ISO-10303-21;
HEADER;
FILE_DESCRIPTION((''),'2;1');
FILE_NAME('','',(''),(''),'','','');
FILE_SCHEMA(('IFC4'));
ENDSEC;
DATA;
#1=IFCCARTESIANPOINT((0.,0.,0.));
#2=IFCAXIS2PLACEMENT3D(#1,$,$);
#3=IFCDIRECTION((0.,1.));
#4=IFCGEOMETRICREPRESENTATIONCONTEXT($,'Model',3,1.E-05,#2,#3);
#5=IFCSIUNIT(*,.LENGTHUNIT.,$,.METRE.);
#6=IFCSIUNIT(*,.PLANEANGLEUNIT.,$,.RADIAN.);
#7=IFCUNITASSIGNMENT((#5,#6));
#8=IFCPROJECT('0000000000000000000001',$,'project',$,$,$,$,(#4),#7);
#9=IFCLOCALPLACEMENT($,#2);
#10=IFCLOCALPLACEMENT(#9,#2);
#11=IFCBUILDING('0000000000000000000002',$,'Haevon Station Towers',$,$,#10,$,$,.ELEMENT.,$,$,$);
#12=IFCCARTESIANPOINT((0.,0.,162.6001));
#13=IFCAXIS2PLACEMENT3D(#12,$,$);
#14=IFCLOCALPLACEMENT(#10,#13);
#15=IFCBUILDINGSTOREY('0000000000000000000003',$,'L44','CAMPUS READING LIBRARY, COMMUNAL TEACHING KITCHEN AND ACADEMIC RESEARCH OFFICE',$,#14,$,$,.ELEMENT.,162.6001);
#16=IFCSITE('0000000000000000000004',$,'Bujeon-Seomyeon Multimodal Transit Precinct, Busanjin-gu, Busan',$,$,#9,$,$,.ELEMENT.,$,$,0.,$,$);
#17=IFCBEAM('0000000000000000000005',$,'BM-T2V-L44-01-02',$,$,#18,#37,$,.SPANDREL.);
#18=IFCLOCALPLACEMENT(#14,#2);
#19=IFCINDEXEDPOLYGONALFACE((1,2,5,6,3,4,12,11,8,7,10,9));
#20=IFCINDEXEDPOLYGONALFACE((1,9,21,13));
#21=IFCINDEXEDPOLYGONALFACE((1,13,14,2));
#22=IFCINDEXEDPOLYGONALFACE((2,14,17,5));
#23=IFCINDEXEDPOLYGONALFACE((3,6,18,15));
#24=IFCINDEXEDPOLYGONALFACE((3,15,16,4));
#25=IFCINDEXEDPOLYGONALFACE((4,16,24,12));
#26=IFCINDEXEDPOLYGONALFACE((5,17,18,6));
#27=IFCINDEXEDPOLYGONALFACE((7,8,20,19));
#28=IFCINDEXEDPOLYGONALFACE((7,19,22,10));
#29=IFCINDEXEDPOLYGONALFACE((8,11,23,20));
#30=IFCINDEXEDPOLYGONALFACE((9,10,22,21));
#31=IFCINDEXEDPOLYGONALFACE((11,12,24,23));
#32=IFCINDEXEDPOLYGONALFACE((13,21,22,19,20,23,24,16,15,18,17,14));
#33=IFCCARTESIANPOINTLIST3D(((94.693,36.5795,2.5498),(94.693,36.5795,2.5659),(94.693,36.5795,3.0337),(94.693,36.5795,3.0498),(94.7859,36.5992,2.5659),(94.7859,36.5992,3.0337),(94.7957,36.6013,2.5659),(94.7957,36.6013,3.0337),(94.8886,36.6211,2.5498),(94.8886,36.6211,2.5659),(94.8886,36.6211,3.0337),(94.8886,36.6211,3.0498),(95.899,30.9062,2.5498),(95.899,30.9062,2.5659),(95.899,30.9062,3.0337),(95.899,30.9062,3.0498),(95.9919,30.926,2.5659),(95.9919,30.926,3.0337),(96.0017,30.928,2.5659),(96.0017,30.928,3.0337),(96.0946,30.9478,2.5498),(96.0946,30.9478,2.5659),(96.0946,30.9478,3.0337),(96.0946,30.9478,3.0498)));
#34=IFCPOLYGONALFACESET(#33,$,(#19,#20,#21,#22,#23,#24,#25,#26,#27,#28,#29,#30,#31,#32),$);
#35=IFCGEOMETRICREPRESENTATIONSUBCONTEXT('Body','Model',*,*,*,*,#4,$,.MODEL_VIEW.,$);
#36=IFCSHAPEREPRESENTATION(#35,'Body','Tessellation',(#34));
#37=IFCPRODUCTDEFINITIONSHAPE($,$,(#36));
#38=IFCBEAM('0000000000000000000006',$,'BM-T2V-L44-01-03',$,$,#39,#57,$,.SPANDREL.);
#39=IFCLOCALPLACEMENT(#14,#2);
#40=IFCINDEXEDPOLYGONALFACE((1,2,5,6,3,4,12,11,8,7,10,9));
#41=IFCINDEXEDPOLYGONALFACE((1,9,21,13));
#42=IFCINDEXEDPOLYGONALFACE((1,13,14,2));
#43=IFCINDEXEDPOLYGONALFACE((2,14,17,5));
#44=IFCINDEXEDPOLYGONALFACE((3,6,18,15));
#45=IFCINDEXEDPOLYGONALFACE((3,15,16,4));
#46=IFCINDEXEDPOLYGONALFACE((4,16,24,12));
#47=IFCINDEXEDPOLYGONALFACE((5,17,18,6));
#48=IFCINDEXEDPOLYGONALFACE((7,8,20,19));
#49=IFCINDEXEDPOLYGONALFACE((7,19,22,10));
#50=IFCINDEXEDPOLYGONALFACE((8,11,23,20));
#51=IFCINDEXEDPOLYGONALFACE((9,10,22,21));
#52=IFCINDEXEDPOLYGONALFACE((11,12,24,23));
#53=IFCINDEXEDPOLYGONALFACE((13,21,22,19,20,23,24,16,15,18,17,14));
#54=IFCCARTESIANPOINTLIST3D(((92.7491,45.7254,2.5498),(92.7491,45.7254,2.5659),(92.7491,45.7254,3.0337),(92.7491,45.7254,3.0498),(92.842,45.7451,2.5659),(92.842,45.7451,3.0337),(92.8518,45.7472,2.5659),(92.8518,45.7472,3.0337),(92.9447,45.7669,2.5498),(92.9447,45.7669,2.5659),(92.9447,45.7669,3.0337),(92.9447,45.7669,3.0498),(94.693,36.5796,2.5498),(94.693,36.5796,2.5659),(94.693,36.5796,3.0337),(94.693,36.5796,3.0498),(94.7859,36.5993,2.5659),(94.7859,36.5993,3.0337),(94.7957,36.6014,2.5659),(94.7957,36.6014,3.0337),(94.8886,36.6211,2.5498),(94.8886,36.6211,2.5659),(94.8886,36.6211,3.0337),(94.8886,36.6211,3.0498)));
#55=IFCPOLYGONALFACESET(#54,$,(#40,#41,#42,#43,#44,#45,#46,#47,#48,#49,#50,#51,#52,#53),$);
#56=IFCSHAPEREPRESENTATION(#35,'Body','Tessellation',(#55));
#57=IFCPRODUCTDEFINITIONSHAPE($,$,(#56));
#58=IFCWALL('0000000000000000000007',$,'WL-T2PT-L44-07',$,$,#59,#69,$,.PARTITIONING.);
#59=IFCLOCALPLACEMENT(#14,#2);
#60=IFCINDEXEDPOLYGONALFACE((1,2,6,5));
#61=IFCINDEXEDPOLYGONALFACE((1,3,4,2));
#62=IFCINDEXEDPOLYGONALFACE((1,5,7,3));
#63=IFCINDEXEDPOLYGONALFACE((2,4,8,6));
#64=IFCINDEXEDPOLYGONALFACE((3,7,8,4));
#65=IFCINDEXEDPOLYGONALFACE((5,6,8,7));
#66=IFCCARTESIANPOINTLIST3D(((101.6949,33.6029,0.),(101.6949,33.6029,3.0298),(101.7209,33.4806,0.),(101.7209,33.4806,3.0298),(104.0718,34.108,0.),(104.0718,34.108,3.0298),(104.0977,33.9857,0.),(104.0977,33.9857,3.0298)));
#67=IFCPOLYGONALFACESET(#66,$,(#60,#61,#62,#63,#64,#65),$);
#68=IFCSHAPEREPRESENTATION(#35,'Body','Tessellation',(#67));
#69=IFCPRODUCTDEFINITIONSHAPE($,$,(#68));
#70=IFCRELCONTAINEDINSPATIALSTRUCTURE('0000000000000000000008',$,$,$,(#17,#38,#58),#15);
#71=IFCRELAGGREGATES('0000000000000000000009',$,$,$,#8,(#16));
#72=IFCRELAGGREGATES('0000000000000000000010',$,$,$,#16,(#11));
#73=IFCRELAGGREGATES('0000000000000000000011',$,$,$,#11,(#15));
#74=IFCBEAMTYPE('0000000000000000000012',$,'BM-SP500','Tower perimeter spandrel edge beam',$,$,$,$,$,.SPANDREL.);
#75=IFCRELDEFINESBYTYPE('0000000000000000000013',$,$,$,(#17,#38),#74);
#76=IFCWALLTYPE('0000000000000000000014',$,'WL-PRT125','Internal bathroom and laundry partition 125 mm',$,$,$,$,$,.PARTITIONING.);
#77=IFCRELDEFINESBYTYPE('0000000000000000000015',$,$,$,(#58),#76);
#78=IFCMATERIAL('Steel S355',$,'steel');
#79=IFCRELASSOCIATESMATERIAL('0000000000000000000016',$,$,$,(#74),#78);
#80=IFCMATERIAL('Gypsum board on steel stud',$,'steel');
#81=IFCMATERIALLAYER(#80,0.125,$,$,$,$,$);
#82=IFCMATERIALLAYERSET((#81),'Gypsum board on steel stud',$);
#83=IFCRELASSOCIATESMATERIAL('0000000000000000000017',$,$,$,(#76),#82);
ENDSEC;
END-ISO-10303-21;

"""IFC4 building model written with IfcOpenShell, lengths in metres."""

from ifc_helpers import new_model, si_unit, direction, frame, frame_2d, origin, origin_2d, place, context, subcontext, project, spatial, rectangle, i_section, extrude, material, layer, layer_set, material_profile, profile_set, type_object, element, save


model = new_model("IFC4")

# Units and contexts
model_context = context("Model", 3, precision=1e-05, world=origin(), true_north=direction((0.0, 1.0)))
body_context = subcontext(model_context, "Body", "Model", "MODEL_VIEW")
ifc_project = project(units=[si_unit("LENGTHUNIT", "METRE"), si_unit("PLANEANGLEUNIT", "RADIAN")], contexts=[model_context])

# Site, building, storey
site_placement = place(None, origin())
site = spatial("IfcSite", under=ifc_project, at=site_placement, Name="Bujeon-Seomyeon Multimodal Transit Precinct, Busanjin-gu, Busan", CompositionType="ELEMENT", RefElevation=0.0)
building_placement = place(site_placement, origin())
building = spatial("IfcBuilding", under=site, at=building_placement, Name="Haevon Station Towers", CompositionType="ELEMENT")
storey_placement = place(building_placement, frame((0.0, 0.0, 162.6001)))
storey = spatial("IfcBuildingStorey", under=building, at=storey_placement, Name="L44", Description="CAMPUS READING LIBRARY, COMMUNAL TEACHING KITCHEN AND ACADEMIC RESEARCH OFFICE", CompositionType="ELEMENT", Elevation=162.6001)

# Shared definitions
ifc_material_1 = material(Name="Steel S355", Category="steel")

# Beams
ifc_material_profile_1 = material_profile(ifc_material_1, i_section(OverallWidth=0.2, OverallDepth=0.5, WebThickness=0.01, FlangeThickness=0.0161, at=origin_2d()), Name="H-500x200x10x16")
ifc_profile_set_1 = profile_set([ifc_material_profile_1], Name="Steel S355")
beam_type_1 = type_object("IfcBeamType", Name="BM-SP500", Description="Tower perimeter spandrel edge beam", PredefinedType="SPANDREL", material=ifc_profile_set_1)
beam_1_placement = place(storey_placement, frame((95.9968, 30.927, 2.7998), z_axis=(-0.207936, 0.978142, 0.0), x_axis=(-0.978142, -0.207936, 0.0)))
element("IfcBeam", 1, at=beam_1_placement, inside=storey, type_object=beam_type_1, Name="BM-T2V-L44-01-02", PredefinedType="SPANDREL", context=body_context, shape_type="SweptSolid", body=[
    extrude(i_section(OverallWidth=0.2, OverallDepth=0.5, WebThickness=0.01, FlangeThickness=0.0161, at=origin_2d()), origin(), (0.0, 0.0, 1.0), 5.8),
])
beam_2_placement = place(storey_placement, frame((94.7908, 36.6003, 2.7998), z_axis=(-0.207897, 0.978151, 0.0), x_axis=(-0.978151, -0.207897, 0.0)))
element("IfcBeam", 2, at=beam_2_placement, inside=storey, type_object=beam_type_1, Name="BM-T2V-L44-01-03", PredefinedType="SPANDREL", context=body_context, shape_type="SweptSolid", body=[
    extrude(i_section(OverallWidth=0.2, OverallDepth=0.5, WebThickness=0.01, FlangeThickness=0.0161, at=origin_2d()), origin(), (0.0, 0.0, 1.0), 9.3501),
])

# Wall
ifc_material_2 = material(Name="Gypsum board on steel stud", Category="steel")
ifc_layer_1 = layer(ifc_material_2, 0.125)
ifc_layer_set_1 = layer_set([ifc_layer_1], Name="Gypsum board on steel stud")
wall_type_1 = type_object("IfcWallType", Name="WL-PRT125", Description="Internal bathroom and laundry partition 125 mm", PredefinedType="PARTITIONING", material=ifc_layer_set_1)
wall_1_placement = place(storey_placement, frame((101.708, 33.5417, 0.0), z_axis=(0.0, 0.0, 1.0), x_axis=(0.978157, 0.207868, 0.0)))
element("IfcWall", 3, at=wall_1_placement, inside=storey, type_object=wall_type_1, Name="WL-T2PT-L44-07", PredefinedType="PARTITIONING", context=body_context, shape_type="SweptSolid", body=[
    extrude(rectangle(XDim=2.4299, YDim=0.125, at=frame_2d((1.2148, 0.0))), origin(), (0.0, 0.0, 1.0), 3.0298),
])

save(model, "model.ifc")
